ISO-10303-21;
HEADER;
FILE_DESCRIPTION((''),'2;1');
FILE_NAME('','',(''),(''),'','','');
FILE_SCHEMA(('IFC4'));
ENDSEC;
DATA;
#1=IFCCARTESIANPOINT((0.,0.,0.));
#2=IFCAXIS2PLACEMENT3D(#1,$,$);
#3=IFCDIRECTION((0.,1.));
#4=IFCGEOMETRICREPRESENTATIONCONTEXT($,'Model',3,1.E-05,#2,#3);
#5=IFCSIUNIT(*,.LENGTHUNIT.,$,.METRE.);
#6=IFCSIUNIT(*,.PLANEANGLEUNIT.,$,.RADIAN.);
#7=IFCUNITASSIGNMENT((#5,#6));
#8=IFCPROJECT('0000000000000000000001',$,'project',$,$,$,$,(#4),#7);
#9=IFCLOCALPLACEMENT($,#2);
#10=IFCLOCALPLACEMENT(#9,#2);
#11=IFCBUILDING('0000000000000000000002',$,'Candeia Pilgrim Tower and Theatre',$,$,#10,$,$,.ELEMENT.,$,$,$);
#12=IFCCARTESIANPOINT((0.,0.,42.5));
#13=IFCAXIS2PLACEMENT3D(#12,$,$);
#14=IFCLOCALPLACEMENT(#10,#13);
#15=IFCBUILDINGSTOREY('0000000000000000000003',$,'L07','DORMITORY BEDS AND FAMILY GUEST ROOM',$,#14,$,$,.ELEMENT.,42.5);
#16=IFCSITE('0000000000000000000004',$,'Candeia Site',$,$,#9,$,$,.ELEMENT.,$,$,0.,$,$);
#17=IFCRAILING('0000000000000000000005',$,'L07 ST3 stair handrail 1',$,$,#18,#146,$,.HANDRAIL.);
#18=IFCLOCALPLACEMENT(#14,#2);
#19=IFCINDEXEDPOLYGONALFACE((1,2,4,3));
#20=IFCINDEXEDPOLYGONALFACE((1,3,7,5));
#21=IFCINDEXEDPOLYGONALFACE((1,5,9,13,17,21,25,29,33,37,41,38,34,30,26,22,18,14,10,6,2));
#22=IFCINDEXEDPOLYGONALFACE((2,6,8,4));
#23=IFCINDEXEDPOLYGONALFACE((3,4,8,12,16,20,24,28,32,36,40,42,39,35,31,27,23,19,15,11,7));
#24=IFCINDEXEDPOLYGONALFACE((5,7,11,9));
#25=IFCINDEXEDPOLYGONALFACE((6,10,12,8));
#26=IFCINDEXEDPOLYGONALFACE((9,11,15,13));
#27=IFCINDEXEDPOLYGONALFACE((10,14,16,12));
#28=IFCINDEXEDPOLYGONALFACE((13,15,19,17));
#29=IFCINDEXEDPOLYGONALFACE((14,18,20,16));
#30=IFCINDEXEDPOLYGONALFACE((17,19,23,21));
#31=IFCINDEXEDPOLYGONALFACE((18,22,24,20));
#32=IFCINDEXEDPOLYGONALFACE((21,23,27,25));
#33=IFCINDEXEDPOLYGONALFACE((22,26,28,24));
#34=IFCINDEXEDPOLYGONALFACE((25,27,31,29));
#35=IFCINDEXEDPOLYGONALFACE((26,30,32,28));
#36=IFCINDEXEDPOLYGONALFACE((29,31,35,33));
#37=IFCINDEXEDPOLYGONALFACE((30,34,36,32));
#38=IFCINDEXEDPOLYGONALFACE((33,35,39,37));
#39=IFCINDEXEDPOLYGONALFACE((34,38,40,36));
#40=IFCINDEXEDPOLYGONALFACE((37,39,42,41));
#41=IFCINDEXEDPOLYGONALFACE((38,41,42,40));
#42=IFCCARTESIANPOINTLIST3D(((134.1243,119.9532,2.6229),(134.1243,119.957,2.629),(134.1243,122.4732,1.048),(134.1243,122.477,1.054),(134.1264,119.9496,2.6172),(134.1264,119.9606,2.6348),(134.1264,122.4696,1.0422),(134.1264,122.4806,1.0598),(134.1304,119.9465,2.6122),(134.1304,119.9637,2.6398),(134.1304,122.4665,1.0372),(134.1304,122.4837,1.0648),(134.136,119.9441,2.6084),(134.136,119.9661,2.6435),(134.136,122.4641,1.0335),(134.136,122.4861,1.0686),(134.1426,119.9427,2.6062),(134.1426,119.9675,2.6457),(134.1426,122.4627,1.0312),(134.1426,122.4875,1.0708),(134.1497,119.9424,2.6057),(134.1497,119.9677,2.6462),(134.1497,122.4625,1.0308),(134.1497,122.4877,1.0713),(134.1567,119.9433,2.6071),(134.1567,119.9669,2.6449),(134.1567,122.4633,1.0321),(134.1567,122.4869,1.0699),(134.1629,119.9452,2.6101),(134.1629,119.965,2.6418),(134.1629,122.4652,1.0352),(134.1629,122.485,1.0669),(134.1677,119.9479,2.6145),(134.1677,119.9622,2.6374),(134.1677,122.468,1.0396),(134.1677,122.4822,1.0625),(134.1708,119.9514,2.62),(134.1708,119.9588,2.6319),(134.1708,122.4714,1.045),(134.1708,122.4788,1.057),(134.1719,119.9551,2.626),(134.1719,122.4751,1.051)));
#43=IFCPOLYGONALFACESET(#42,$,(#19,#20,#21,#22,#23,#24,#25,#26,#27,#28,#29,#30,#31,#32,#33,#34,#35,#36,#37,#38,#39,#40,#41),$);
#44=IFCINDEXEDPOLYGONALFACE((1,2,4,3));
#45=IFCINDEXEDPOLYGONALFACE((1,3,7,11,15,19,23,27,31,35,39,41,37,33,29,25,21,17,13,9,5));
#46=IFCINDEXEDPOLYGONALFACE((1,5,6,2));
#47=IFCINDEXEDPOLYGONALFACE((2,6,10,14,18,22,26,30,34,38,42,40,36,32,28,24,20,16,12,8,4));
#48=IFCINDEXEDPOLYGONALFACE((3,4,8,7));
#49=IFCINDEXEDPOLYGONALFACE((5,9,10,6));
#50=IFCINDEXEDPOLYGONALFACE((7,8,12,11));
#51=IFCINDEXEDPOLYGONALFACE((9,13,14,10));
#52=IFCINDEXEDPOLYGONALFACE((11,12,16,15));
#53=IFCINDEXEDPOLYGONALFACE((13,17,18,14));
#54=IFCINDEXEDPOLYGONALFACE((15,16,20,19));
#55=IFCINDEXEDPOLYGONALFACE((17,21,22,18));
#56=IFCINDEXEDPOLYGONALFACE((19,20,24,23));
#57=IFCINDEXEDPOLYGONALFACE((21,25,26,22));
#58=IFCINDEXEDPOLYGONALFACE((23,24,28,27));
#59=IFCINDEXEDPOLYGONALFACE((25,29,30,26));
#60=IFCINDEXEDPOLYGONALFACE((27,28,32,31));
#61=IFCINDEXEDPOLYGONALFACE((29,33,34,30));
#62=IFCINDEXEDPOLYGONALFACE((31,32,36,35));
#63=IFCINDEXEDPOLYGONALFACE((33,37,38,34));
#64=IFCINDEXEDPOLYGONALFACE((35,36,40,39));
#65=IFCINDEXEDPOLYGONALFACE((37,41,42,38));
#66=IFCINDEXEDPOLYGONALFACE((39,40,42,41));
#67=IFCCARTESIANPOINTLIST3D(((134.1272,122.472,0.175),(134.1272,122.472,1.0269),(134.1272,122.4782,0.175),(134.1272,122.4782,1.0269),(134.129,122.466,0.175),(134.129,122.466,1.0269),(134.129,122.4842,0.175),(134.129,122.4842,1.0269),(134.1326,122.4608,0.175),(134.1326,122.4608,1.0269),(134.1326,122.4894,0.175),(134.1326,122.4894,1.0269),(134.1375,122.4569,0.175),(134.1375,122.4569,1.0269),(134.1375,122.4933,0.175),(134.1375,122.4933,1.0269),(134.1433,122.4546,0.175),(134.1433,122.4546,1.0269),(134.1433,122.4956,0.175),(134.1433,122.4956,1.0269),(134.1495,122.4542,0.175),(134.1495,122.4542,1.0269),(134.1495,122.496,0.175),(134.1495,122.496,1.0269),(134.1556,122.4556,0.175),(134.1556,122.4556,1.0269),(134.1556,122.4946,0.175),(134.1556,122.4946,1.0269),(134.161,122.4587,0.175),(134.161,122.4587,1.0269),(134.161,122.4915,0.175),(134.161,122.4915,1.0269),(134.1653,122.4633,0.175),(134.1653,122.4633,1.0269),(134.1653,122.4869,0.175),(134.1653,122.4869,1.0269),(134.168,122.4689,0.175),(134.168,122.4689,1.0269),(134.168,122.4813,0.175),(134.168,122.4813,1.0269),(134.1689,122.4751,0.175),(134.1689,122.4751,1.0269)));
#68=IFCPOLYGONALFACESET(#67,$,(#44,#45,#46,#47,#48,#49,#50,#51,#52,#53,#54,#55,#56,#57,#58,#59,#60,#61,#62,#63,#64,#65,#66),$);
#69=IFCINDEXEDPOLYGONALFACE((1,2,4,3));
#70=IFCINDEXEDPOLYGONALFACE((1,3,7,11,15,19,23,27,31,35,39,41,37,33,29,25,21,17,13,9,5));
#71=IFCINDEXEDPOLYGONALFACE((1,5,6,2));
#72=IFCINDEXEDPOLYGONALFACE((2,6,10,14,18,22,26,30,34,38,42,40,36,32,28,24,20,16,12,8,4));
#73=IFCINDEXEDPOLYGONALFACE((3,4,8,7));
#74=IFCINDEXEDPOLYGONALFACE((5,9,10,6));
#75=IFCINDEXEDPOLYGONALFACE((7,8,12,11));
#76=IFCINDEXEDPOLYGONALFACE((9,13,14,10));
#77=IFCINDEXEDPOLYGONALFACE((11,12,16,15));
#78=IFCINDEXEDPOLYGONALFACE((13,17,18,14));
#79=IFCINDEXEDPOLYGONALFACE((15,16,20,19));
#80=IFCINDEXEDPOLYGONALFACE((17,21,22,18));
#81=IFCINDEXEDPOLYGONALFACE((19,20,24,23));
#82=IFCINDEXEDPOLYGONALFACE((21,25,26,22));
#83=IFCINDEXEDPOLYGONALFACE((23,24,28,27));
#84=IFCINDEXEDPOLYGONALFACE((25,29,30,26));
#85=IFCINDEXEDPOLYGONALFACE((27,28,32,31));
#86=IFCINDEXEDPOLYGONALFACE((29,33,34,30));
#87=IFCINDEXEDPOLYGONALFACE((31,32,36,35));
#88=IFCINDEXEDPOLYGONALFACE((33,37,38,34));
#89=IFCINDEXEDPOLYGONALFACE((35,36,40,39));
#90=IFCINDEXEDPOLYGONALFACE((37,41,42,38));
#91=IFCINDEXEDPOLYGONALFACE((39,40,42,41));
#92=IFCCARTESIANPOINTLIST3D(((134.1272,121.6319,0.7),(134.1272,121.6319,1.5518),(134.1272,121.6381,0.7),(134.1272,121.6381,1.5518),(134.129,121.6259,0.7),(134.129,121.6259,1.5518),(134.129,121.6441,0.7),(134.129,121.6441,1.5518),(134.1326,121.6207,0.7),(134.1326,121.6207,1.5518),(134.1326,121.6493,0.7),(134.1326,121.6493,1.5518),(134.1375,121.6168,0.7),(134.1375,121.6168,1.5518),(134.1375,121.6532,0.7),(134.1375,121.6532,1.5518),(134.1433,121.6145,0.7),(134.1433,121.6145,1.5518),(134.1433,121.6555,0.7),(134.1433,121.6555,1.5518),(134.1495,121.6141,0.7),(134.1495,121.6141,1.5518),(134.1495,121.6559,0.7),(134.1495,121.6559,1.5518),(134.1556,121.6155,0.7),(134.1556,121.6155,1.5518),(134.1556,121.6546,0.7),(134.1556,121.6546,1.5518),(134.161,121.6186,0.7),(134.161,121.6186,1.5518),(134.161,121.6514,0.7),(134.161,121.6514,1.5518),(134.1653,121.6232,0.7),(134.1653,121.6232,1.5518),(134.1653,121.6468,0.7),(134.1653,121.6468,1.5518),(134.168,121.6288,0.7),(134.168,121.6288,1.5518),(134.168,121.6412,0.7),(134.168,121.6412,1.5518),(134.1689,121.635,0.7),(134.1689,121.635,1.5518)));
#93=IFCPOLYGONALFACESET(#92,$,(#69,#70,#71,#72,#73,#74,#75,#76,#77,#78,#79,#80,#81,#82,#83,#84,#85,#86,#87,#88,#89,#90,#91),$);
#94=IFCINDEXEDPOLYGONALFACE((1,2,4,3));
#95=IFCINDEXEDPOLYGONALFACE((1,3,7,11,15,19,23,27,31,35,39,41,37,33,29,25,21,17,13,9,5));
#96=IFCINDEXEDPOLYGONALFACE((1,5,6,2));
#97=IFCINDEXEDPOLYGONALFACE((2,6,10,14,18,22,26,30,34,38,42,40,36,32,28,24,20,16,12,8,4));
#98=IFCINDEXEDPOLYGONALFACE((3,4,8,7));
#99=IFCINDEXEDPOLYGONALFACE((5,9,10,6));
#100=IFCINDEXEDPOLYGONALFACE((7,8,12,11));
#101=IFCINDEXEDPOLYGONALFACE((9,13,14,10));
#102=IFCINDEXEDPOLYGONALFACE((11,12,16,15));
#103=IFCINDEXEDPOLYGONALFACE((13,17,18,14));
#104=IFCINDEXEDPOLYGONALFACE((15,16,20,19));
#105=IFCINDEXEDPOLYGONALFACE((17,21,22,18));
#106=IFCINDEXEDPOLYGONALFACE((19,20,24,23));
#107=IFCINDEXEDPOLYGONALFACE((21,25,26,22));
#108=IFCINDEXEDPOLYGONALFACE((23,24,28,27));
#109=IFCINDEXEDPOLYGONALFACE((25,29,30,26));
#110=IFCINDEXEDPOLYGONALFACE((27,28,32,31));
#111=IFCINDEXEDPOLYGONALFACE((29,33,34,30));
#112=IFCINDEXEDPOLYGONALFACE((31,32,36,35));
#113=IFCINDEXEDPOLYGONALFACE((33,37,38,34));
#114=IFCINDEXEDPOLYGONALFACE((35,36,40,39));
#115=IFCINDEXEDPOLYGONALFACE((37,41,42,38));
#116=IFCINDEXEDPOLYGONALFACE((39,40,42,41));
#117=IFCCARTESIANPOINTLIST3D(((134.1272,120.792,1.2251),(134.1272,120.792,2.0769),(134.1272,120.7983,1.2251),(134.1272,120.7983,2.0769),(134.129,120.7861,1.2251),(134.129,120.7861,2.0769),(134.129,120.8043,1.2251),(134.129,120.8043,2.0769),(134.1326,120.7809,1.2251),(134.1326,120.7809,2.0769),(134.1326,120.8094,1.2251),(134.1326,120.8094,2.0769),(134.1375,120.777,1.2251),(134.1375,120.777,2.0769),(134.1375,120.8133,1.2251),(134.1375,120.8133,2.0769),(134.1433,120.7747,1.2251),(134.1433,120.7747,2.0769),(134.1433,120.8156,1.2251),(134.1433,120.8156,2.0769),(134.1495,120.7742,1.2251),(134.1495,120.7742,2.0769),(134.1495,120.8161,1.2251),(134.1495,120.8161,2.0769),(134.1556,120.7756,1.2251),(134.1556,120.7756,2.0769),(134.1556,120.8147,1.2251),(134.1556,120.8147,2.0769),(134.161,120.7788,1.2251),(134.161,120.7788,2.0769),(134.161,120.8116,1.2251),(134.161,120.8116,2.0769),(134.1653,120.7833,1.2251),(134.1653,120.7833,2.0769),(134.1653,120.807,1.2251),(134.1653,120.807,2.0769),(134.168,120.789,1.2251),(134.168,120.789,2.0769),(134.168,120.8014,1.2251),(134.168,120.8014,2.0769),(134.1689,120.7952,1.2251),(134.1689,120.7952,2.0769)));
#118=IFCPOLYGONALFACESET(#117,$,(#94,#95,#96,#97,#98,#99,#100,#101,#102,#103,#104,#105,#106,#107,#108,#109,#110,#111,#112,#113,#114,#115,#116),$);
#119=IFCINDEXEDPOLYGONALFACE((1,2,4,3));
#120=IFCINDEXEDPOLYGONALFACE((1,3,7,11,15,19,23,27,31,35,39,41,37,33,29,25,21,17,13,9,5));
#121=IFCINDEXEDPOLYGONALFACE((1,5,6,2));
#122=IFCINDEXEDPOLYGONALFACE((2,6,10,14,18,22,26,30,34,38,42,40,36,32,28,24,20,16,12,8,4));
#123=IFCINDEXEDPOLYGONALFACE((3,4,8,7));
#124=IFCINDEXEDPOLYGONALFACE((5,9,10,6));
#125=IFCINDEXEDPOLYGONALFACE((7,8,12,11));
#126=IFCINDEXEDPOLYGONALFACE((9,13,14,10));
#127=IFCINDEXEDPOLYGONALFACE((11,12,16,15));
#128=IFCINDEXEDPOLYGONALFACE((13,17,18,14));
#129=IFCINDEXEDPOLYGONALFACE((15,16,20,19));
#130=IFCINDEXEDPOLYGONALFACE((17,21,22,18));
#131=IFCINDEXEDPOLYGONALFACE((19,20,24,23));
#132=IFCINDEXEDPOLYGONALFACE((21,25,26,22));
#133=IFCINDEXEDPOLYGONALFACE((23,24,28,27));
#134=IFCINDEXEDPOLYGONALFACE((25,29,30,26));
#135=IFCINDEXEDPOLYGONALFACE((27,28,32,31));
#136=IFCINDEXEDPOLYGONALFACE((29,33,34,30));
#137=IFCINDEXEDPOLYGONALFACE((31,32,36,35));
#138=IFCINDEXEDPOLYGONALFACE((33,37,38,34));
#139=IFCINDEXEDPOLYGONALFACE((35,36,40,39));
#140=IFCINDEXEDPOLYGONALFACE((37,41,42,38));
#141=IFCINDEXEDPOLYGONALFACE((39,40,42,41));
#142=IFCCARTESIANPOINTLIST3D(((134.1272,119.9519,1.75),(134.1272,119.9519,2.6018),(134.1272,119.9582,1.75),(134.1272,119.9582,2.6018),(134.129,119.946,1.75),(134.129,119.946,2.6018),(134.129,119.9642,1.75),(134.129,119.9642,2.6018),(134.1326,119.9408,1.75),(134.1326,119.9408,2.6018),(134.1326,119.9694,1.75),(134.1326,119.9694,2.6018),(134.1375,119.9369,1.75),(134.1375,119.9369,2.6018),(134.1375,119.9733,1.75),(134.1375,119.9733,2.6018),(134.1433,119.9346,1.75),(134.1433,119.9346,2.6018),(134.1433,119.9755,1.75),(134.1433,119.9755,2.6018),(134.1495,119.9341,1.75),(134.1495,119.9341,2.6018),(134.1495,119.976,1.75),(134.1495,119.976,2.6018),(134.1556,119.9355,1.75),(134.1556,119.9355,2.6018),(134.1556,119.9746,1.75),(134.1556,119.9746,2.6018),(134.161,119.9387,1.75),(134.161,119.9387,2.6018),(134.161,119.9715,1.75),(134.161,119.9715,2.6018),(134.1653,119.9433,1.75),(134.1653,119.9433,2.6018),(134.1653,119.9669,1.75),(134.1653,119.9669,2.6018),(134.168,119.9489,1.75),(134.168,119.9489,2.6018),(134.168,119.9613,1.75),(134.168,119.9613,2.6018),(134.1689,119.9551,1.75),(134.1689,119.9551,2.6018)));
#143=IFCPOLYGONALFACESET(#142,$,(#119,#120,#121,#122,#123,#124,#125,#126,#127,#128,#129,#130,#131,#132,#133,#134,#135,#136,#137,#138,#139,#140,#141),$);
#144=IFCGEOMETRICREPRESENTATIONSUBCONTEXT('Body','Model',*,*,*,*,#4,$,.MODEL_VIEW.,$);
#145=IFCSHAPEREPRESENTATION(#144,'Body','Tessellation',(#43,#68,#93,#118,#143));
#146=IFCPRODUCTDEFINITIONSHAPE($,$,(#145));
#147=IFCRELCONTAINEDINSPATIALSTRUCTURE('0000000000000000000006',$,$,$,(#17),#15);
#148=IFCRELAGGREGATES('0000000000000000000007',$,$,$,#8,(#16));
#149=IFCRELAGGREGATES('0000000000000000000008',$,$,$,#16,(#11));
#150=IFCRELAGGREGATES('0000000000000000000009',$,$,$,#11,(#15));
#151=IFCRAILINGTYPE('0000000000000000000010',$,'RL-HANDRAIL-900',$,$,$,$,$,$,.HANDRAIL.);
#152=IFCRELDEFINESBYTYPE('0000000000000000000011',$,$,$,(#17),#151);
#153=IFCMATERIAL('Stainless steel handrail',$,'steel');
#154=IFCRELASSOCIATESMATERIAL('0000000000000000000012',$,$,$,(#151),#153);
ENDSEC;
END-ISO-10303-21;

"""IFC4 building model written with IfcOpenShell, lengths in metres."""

from ifc_helpers import new_model, si_unit, direction, frame, origin, origin_2d, place, context, subcontext, project, spatial, circle, extrude, material, type_object, element, save


model = new_model("IFC4")

# Units and contexts
model_context = context("Model", 3, precision=1e-05, world=origin(), true_north=direction((0.0, 1.0)))
body_context = subcontext(model_context, "Body", "Model", "MODEL_VIEW")
ifc_project = project(units=[si_unit("LENGTHUNIT", "METRE"), si_unit("PLANEANGLEUNIT", "RADIAN")], contexts=[model_context])

# Site, building, storey
site_placement = place(None, origin())
site = spatial("IfcSite", under=ifc_project, at=site_placement, Name="Candeia Site", CompositionType="ELEMENT", RefElevation=0.0)
building_placement = place(site_placement, origin())
building = spatial("IfcBuilding", under=site, at=building_placement, Name="Candeia Pilgrim Tower and Theatre", CompositionType="ELEMENT")
storey_placement = place(building_placement, frame((0.0, 0.0, 42.5)))
storey = spatial("IfcBuildingStorey", under=building, at=storey_placement, Name="L07", Description="DORMITORY BEDS AND FAMILY GUEST ROOM", CompositionType="ELEMENT", Elevation=42.5)

# Railing
ifc_material_1 = material(Name="Stainless steel handrail", Category="steel")
railing_type_1 = type_object("IfcRailingType", Name="RL-HANDRAIL-900", PredefinedType="HANDRAIL", material=ifc_material_1)
railing_1_placement = place(storey_placement, frame((134.1479, 122.4751, 0.175)))
element("IfcRailing", 1, at=railing_1_placement, inside=storey, type_object=railing_type_1, Name="L07 ST3 stair handrail 1", PredefinedType="HANDRAIL", context=body_context, shape_type="SweptSolid", body=[
    extrude(circle(Radius=0.0239, at=origin_2d()), frame((0.0, 0.0, 0.876), z_axis=(0.0, -0.848008, 0.529984), x_axis=(1.0, 0.0, 0.0)), (0.0, 0.0, 1.0), 2.9717),
    extrude(circle(Radius=0.021, at=origin_2d()), origin(), (0.0, 0.0, 1.0), 0.8518),
    extrude(circle(Radius=0.021, at=origin_2d()), frame((0.0, -0.8401, 0.5249)), (0.0, 0.0, 1.0), 0.8518),
    extrude(circle(Radius=0.021, at=origin_2d()), frame((0.0, -1.6799, 1.05)), (0.0, 0.0, 1.0), 0.8518),
    extrude(circle(Radius=0.021, at=origin_2d()), frame((0.0, -2.52, 1.575)), (0.0, 0.0, 1.0), 0.8518),
])

save(model, "model.ifc")
